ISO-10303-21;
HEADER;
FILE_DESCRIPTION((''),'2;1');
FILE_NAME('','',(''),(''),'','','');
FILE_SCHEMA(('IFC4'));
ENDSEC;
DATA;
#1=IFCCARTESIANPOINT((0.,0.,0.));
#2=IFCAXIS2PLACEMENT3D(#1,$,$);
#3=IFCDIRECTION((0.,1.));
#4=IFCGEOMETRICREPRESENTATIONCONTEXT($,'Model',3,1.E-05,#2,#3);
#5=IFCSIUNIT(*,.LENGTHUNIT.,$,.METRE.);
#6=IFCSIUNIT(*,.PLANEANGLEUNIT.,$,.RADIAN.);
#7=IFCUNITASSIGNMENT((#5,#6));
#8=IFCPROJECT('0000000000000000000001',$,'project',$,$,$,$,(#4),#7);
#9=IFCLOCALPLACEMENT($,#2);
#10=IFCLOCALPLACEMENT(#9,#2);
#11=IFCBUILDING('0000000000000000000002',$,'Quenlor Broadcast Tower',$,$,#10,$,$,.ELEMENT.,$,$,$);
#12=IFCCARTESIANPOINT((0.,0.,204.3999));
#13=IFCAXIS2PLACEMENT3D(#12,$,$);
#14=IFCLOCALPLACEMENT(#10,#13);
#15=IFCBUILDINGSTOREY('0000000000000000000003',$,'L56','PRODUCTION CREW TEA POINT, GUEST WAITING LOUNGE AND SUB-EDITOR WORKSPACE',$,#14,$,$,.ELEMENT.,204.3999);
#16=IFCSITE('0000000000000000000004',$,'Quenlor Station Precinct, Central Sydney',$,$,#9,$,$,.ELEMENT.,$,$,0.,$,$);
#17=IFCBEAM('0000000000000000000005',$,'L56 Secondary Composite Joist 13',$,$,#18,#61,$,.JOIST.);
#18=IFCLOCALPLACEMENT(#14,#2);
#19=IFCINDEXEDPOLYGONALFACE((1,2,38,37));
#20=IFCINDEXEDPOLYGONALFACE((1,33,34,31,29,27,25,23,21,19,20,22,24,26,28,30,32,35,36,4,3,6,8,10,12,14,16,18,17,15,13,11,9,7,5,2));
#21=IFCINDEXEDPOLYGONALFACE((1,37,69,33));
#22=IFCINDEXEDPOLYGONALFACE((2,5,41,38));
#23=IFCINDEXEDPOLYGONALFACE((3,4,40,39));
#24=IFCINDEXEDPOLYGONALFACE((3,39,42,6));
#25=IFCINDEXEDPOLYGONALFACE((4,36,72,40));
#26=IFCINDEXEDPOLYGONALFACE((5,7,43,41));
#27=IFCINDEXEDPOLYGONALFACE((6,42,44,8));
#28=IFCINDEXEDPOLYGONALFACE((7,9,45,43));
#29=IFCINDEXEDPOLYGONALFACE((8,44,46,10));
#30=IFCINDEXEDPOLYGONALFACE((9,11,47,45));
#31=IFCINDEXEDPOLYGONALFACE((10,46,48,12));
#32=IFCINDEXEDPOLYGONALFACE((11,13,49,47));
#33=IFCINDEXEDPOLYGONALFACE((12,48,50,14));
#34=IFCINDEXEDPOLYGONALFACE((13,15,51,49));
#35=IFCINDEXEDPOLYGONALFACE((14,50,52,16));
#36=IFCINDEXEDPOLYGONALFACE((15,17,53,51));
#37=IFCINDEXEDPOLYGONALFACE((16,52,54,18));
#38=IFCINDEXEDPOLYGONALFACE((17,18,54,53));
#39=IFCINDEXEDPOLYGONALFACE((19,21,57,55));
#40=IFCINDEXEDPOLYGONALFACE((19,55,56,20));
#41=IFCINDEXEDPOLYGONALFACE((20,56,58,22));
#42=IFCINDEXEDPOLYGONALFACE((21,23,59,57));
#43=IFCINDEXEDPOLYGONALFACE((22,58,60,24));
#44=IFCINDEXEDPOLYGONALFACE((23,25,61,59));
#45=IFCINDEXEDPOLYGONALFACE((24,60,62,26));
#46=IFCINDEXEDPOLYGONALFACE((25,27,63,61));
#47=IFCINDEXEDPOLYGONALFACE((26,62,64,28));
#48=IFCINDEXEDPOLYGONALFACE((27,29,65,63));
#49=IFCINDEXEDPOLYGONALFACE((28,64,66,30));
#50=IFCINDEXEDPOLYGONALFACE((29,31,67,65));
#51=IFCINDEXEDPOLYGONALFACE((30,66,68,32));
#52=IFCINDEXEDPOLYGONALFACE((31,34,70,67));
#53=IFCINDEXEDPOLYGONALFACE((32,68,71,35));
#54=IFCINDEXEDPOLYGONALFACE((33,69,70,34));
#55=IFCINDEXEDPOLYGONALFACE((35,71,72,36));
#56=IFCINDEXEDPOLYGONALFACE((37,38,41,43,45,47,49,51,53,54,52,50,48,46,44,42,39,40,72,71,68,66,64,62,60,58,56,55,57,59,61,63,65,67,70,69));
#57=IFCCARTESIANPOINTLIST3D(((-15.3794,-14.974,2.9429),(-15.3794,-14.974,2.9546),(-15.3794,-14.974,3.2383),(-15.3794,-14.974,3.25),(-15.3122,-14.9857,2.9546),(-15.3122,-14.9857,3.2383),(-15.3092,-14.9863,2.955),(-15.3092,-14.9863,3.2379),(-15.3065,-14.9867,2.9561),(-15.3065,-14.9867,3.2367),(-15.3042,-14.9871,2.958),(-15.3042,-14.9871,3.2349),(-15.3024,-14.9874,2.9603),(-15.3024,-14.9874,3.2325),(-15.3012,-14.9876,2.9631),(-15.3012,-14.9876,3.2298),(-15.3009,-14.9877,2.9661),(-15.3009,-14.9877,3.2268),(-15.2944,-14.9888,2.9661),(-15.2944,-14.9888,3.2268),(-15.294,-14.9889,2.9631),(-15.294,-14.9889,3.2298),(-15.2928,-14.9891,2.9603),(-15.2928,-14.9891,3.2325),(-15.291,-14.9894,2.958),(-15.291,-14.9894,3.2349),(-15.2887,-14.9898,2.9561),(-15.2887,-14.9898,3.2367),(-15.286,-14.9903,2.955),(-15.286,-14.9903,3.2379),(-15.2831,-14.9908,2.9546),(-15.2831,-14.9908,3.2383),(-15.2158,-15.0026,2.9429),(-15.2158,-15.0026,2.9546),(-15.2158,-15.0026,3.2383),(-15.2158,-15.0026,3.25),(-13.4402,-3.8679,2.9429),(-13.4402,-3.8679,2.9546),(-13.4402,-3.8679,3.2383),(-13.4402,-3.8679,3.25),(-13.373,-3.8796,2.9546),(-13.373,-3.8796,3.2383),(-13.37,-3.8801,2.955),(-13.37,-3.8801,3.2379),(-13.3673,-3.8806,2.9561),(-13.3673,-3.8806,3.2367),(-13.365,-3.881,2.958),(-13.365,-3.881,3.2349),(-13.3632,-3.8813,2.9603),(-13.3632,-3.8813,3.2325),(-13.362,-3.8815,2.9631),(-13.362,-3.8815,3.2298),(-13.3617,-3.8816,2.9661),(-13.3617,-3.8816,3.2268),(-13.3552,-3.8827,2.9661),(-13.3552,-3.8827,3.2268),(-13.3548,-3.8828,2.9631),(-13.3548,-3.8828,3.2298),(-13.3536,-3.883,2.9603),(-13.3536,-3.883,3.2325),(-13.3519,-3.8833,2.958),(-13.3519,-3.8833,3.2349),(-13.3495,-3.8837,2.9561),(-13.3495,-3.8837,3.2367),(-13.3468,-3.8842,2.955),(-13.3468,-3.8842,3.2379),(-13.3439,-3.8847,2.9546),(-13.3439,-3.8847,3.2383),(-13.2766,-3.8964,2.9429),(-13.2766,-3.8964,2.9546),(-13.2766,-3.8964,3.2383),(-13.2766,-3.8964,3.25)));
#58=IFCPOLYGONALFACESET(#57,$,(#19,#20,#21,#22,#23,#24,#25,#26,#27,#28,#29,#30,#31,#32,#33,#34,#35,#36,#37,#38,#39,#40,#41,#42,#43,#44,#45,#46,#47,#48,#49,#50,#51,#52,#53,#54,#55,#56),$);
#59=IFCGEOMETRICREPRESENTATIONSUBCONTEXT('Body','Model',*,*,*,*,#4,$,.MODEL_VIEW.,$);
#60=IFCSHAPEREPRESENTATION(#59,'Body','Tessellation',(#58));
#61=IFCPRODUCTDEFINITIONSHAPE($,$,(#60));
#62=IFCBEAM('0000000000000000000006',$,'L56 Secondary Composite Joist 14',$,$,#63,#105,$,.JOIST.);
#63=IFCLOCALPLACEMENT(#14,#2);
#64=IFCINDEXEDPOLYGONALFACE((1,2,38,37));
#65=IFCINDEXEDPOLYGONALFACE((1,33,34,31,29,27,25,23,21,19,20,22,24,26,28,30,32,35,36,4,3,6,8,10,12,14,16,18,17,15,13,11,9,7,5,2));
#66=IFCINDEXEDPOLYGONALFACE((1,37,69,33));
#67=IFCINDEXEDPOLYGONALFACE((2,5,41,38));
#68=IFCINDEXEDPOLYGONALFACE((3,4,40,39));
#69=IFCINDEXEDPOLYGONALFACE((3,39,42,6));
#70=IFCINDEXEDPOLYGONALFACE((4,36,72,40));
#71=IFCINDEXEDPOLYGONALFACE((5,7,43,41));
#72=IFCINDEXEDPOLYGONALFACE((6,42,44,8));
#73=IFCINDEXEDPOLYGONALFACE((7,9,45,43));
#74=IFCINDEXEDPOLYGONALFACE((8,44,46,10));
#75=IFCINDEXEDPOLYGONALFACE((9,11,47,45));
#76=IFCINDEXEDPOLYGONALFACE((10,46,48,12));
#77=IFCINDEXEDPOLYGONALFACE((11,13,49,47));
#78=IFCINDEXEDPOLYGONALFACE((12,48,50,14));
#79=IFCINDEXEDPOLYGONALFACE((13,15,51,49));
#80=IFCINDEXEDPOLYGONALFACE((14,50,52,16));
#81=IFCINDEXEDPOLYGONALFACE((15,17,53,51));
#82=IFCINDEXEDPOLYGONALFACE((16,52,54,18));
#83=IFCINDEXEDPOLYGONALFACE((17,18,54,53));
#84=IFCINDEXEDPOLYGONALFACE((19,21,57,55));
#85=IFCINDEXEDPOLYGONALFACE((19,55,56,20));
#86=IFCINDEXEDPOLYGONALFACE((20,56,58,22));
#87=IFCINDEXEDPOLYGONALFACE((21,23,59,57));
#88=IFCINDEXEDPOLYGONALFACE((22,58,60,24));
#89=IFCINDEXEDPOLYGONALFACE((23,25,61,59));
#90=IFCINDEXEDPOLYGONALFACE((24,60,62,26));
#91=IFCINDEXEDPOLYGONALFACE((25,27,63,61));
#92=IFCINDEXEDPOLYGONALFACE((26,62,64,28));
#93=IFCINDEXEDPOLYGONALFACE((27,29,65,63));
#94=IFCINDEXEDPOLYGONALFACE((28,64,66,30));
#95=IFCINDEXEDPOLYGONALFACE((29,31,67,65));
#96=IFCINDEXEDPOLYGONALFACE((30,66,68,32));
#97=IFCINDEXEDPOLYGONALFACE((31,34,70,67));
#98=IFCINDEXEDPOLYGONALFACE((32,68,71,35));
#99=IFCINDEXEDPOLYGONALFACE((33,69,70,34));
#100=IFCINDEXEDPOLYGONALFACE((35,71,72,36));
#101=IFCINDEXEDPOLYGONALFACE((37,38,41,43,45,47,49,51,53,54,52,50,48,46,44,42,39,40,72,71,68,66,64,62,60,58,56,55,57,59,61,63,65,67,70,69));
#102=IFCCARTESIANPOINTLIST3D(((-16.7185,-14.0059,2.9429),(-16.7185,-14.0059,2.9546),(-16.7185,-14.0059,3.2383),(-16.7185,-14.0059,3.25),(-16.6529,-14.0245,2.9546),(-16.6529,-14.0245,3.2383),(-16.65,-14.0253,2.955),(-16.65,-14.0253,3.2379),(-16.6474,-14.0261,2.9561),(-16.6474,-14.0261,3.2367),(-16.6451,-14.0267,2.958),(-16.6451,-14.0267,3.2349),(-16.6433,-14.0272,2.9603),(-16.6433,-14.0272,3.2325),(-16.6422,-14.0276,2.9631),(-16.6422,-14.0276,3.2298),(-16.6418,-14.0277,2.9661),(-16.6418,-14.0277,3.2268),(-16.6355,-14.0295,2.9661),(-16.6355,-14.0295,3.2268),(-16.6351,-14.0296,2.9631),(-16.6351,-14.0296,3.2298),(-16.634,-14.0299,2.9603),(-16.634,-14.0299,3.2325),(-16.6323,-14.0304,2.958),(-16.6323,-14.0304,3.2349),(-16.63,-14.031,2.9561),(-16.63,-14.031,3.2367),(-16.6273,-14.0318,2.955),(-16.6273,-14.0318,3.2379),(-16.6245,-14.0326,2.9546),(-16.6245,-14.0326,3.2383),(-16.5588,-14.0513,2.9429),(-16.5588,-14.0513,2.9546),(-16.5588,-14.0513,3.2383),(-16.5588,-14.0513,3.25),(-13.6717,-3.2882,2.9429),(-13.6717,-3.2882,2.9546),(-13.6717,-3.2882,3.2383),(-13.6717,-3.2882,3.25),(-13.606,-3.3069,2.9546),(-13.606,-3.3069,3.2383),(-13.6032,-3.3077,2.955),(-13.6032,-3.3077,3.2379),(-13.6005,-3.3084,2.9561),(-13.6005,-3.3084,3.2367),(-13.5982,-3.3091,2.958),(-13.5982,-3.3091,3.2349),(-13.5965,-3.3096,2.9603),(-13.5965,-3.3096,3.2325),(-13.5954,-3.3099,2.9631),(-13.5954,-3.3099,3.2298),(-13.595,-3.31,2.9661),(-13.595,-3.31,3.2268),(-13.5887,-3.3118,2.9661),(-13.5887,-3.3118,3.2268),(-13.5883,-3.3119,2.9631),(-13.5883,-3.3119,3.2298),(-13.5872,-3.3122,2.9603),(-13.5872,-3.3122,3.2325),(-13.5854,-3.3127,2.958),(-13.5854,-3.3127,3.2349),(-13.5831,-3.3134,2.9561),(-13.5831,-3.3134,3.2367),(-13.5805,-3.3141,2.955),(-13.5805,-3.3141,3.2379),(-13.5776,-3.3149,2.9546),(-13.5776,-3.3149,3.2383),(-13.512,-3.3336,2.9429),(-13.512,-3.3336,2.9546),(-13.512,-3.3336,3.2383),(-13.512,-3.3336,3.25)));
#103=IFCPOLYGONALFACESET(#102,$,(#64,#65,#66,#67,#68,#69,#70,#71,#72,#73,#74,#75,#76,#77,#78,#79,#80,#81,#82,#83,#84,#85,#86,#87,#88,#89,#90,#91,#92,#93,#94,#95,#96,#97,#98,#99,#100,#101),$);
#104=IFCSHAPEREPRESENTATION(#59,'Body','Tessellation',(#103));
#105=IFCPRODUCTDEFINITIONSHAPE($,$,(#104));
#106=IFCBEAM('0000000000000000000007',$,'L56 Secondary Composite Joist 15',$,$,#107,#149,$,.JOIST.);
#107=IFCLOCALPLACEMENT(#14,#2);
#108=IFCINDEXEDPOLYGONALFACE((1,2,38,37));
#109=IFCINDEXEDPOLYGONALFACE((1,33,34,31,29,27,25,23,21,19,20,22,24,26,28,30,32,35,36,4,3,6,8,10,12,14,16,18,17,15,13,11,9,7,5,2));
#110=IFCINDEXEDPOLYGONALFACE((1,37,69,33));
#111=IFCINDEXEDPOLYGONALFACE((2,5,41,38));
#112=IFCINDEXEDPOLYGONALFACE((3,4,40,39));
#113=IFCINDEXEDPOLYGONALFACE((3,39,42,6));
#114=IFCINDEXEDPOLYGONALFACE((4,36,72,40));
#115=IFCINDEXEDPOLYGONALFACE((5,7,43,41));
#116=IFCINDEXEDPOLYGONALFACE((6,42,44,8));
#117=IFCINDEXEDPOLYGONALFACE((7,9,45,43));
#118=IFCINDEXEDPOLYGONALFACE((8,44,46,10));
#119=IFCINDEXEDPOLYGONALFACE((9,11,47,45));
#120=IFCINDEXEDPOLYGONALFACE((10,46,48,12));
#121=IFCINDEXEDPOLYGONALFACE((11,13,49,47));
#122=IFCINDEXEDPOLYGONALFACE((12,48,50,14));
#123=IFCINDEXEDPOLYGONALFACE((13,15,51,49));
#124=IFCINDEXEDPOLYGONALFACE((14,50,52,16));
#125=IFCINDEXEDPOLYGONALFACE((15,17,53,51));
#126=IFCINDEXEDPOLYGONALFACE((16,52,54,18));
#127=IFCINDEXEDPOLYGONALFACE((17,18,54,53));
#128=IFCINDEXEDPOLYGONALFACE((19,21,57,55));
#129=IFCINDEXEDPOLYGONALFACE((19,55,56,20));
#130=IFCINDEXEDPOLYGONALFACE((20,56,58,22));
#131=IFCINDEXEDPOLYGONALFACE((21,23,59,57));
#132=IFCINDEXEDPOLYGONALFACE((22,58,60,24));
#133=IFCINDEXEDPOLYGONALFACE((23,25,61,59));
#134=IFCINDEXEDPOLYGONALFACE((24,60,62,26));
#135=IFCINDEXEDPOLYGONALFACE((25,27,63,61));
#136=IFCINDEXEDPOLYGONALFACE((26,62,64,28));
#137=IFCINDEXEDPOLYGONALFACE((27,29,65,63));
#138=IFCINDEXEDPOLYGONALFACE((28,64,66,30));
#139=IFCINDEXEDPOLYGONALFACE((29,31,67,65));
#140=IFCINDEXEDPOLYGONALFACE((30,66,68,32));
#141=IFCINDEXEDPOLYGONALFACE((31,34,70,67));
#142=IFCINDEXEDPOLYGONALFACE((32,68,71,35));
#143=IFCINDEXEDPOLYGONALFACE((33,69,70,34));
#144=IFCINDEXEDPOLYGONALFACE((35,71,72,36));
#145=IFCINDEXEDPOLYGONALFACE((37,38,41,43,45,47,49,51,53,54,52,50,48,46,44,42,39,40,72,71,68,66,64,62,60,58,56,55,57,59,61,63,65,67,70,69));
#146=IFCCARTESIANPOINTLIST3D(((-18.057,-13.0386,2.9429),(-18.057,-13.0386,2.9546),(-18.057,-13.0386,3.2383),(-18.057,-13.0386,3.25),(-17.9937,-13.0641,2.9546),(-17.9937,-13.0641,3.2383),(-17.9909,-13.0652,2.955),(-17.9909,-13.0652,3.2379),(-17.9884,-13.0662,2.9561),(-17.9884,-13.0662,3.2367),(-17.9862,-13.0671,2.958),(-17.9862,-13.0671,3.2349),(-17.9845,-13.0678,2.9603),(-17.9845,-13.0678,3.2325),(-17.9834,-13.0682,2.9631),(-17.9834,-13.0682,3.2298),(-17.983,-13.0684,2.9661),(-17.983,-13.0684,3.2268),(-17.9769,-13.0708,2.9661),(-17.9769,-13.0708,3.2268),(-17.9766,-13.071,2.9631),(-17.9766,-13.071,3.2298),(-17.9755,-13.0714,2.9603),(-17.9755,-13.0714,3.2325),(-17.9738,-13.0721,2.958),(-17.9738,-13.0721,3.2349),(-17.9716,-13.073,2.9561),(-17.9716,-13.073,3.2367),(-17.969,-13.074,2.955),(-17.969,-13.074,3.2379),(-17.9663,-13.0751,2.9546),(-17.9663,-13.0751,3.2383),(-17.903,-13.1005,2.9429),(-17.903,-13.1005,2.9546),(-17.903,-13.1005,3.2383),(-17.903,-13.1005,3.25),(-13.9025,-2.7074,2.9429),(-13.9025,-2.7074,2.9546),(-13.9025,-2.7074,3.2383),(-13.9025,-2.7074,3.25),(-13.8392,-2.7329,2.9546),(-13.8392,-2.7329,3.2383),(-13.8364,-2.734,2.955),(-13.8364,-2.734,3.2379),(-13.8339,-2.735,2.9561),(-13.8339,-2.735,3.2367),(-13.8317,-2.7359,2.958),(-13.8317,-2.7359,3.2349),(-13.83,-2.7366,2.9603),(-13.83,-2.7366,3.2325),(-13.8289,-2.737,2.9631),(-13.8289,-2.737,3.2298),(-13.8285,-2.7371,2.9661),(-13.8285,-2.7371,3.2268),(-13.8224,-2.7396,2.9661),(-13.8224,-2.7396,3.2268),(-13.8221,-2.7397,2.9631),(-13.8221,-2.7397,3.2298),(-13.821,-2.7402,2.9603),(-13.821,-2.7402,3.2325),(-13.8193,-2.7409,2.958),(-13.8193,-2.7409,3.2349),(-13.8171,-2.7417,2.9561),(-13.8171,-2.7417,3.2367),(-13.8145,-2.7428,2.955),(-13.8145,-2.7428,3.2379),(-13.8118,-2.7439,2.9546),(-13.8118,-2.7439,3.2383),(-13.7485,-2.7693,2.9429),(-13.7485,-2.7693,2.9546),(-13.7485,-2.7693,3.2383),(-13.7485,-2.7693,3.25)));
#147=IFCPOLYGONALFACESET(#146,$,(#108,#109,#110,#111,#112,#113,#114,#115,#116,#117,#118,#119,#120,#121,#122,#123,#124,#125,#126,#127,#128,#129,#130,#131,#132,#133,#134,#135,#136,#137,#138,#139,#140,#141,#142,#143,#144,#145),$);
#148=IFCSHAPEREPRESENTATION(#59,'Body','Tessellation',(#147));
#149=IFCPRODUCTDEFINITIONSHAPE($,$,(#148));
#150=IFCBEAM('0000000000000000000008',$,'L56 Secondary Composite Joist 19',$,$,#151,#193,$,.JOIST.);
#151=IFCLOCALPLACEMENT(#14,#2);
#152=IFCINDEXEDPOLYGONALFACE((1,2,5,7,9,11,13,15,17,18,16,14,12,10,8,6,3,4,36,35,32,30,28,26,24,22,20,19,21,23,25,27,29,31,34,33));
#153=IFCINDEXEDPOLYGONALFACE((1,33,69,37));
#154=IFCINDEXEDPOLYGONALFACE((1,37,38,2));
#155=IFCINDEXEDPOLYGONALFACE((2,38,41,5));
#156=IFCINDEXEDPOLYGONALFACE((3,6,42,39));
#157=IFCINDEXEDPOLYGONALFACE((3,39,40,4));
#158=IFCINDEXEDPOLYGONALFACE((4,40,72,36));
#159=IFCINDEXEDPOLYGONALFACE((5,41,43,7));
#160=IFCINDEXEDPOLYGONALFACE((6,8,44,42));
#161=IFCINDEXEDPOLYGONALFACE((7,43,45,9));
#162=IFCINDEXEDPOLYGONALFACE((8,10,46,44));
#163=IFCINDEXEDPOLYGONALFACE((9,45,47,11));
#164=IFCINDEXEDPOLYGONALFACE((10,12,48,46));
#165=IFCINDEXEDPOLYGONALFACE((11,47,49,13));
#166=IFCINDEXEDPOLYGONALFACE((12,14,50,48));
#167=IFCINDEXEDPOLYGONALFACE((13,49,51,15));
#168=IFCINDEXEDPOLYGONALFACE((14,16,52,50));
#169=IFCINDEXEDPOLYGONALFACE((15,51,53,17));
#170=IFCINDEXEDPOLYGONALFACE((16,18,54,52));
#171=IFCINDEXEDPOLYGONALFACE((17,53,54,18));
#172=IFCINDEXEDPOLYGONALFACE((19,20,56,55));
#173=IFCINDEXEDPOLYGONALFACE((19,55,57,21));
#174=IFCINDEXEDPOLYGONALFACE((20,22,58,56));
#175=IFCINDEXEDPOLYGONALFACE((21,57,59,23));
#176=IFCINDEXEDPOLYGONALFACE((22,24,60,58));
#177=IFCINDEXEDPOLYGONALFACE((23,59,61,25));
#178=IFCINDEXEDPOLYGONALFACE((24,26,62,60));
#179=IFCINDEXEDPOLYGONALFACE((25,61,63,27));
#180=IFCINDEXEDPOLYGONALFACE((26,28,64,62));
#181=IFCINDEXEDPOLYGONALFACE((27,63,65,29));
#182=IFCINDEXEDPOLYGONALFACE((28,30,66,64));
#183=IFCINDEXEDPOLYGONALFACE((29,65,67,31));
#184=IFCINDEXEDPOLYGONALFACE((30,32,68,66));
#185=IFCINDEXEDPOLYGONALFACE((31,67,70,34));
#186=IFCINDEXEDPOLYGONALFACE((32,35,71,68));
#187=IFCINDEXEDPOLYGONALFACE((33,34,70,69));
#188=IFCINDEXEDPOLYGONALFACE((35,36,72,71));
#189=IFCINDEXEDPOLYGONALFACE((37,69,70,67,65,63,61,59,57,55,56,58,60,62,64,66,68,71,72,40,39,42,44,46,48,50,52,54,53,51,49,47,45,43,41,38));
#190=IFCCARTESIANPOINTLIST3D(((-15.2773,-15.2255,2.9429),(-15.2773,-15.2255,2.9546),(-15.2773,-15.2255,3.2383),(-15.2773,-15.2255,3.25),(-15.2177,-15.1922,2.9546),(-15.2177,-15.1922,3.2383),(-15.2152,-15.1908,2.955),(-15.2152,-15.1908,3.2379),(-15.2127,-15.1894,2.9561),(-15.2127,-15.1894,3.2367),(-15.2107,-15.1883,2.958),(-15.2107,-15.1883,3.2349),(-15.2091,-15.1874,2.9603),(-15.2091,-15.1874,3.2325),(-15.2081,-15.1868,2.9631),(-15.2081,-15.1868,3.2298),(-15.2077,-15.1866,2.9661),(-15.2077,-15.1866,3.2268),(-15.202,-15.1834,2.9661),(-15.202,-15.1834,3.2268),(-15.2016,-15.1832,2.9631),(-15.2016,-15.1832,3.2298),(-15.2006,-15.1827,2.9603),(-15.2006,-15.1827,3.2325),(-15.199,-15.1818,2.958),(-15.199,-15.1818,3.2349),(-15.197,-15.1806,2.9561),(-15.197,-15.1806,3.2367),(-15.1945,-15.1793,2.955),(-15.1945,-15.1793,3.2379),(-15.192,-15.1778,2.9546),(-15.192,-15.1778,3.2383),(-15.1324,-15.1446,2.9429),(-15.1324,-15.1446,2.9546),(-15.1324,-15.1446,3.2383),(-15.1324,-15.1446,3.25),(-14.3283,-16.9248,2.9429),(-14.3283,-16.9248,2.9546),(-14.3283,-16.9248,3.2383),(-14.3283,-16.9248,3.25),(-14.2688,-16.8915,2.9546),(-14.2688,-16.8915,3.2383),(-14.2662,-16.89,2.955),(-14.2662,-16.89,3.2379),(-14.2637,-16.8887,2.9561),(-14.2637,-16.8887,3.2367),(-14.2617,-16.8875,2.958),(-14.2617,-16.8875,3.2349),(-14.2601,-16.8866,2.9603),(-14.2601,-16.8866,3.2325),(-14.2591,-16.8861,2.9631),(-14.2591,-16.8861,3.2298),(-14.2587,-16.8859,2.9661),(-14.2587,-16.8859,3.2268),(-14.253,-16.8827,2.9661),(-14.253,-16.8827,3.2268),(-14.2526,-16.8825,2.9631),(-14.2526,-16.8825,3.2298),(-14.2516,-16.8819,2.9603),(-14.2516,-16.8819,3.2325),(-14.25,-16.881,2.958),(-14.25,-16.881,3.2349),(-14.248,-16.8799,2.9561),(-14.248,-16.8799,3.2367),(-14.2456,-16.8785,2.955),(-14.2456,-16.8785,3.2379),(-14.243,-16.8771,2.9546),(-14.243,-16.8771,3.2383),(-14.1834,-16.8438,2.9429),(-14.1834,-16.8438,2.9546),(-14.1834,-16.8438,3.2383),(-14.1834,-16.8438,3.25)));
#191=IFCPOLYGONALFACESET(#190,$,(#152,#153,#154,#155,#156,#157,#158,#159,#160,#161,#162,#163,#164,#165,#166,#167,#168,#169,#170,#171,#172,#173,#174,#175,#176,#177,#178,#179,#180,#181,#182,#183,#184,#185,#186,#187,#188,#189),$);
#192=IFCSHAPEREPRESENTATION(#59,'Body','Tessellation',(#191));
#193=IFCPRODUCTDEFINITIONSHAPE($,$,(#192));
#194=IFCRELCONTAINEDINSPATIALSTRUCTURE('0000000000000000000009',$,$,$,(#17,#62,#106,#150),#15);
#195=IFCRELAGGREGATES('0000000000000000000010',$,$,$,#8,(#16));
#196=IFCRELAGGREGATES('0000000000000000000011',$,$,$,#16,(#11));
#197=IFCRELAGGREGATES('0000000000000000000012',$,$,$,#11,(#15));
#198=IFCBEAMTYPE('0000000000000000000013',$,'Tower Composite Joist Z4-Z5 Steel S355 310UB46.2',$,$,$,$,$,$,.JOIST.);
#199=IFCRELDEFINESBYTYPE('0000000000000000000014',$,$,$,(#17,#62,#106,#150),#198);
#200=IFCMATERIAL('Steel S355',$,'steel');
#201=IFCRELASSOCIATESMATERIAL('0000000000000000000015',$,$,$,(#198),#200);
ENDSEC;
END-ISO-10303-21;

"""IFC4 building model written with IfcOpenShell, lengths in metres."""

from ifc_helpers import new_model, si_unit, direction, frame, origin, origin_2d, place, context, subcontext, project, spatial, i_section, extrude, material, material_profile, profile_set, type_object, element, save


model = new_model("IFC4")

# Units and contexts
model_context = context("Model", 3, precision=1e-05, world=origin(), true_north=direction((0.0, 1.0)))
body_context = subcontext(model_context, "Body", "Model", "MODEL_VIEW")
ifc_project = project(units=[si_unit("LENGTHUNIT", "METRE"), si_unit("PLANEANGLEUNIT", "RADIAN")], contexts=[model_context])

# Site, building, storey
site_placement = place(None, origin())
site = spatial("IfcSite", under=ifc_project, at=site_placement, Name="Quenlor Station Precinct, Central Sydney", CompositionType="ELEMENT", RefElevation=0.0)
building_placement = place(site_placement, origin())
building = spatial("IfcBuilding", under=site, at=building_placement, Name="Quenlor Broadcast Tower", CompositionType="ELEMENT")
storey_placement = place(building_placement, frame((0.0, 0.0, 204.3999)))
storey = spatial("IfcBuildingStorey", under=building, at=storey_placement, Name="L56", Description="PRODUCTION CREW TEA POINT, GUEST WAITING LOUNGE AND SUB-EDITOR WORKSPACE", CompositionType="ELEMENT", Elevation=204.3999)

# Beams
ifc_material_1 = material(Name="Steel S355", Category="steel")
ifc_material_profile_1 = material_profile(ifc_material_1, i_section(OverallWidth=0.166, OverallDepth=0.3071, WebThickness=0.0066, FlangeThickness=0.0117, FilletRadius=0.0115, at=origin_2d()))
ifc_profile_set_1 = profile_set([ifc_material_profile_1], Name="Steel S355 310UB46.2")
beam_type_1 = type_object("IfcBeamType", Name="Tower Composite Joist Z4-Z5 Steel S355 310UB46.2", PredefinedType="JOIST", material=ifc_profile_set_1)
beam_1_placement = place(storey_placement, frame((-15.2976, -14.9883, 3.0964), z_axis=(0.172004, 0.985096, 0.0), x_axis=(-0.985096, 0.172004, 0.0)))
element("IfcBeam", 1, at=beam_1_placement, inside=storey, type_object=beam_type_1, Name="L56 Secondary Composite Joist 13", PredefinedType="JOIST", context=body_context, shape_type="SweptSolid", body=[
    extrude(i_section(OverallWidth=0.166, OverallDepth=0.3071, WebThickness=0.0066, FlangeThickness=0.0117, FilletRadius=0.0115, at=origin_2d()), origin(), (0.0, 0.0, 1.0), 11.2742),
])
beam_2_placement = place(storey_placement, frame((-16.6387, -14.0286, 3.0964), z_axis=(0.273448, 0.961887, 0.0), x_axis=(-0.961887, 0.273448, 0.0)))
element("IfcBeam", 2, at=beam_2_placement, inside=storey, type_object=beam_type_1, Name="L56 Secondary Composite Joist 14", PredefinedType="JOIST", context=body_context, shape_type="SweptSolid", body=[
    extrude(i_section(OverallWidth=0.166, OverallDepth=0.3071, WebThickness=0.0066, FlangeThickness=0.0117, FilletRadius=0.0115, at=origin_2d()), origin(), (0.0, 0.0, 1.0), 11.1423),
])
beam_3_placement = place(storey_placement, frame((-17.98, -13.0696, 3.0964), z_axis=(0.373095, 0.927793, 0.0), x_axis=(-0.927793, 0.373095, 0.0)))
element("IfcBeam", 3, at=beam_3_placement, inside=storey, type_object=beam_type_1, Name="L56 Secondary Composite Joist 15", PredefinedType="JOIST", context=body_context, shape_type="SweptSolid", body=[
    extrude(i_section(OverallWidth=0.166, OverallDepth=0.3071, WebThickness=0.0066, FlangeThickness=0.0117, FilletRadius=0.0115, at=origin_2d()), origin(), (0.0, 0.0, 1.0), 11.1353),
])
beam_4_placement = place(storey_placement, frame((-14.2559, -16.8843, 3.0964), z_axis=(-0.487591, 0.873072, 0.0), x_axis=(-0.873072, -0.487591, 0.0)))
element("IfcBeam", 4, at=beam_4_placement, inside=storey, type_object=beam_type_1, Name="L56 Secondary Composite Joist 19", PredefinedType="JOIST", context=body_context, shape_type="SweptSolid", body=[
    extrude(i_section(OverallWidth=0.166, OverallDepth=0.3071, WebThickness=0.0066, FlangeThickness=0.0117, FilletRadius=0.0115, at=origin_2d()), origin(), (0.0, 0.0, 1.0), 1.9463),
])

save(model, "model.ifc")
